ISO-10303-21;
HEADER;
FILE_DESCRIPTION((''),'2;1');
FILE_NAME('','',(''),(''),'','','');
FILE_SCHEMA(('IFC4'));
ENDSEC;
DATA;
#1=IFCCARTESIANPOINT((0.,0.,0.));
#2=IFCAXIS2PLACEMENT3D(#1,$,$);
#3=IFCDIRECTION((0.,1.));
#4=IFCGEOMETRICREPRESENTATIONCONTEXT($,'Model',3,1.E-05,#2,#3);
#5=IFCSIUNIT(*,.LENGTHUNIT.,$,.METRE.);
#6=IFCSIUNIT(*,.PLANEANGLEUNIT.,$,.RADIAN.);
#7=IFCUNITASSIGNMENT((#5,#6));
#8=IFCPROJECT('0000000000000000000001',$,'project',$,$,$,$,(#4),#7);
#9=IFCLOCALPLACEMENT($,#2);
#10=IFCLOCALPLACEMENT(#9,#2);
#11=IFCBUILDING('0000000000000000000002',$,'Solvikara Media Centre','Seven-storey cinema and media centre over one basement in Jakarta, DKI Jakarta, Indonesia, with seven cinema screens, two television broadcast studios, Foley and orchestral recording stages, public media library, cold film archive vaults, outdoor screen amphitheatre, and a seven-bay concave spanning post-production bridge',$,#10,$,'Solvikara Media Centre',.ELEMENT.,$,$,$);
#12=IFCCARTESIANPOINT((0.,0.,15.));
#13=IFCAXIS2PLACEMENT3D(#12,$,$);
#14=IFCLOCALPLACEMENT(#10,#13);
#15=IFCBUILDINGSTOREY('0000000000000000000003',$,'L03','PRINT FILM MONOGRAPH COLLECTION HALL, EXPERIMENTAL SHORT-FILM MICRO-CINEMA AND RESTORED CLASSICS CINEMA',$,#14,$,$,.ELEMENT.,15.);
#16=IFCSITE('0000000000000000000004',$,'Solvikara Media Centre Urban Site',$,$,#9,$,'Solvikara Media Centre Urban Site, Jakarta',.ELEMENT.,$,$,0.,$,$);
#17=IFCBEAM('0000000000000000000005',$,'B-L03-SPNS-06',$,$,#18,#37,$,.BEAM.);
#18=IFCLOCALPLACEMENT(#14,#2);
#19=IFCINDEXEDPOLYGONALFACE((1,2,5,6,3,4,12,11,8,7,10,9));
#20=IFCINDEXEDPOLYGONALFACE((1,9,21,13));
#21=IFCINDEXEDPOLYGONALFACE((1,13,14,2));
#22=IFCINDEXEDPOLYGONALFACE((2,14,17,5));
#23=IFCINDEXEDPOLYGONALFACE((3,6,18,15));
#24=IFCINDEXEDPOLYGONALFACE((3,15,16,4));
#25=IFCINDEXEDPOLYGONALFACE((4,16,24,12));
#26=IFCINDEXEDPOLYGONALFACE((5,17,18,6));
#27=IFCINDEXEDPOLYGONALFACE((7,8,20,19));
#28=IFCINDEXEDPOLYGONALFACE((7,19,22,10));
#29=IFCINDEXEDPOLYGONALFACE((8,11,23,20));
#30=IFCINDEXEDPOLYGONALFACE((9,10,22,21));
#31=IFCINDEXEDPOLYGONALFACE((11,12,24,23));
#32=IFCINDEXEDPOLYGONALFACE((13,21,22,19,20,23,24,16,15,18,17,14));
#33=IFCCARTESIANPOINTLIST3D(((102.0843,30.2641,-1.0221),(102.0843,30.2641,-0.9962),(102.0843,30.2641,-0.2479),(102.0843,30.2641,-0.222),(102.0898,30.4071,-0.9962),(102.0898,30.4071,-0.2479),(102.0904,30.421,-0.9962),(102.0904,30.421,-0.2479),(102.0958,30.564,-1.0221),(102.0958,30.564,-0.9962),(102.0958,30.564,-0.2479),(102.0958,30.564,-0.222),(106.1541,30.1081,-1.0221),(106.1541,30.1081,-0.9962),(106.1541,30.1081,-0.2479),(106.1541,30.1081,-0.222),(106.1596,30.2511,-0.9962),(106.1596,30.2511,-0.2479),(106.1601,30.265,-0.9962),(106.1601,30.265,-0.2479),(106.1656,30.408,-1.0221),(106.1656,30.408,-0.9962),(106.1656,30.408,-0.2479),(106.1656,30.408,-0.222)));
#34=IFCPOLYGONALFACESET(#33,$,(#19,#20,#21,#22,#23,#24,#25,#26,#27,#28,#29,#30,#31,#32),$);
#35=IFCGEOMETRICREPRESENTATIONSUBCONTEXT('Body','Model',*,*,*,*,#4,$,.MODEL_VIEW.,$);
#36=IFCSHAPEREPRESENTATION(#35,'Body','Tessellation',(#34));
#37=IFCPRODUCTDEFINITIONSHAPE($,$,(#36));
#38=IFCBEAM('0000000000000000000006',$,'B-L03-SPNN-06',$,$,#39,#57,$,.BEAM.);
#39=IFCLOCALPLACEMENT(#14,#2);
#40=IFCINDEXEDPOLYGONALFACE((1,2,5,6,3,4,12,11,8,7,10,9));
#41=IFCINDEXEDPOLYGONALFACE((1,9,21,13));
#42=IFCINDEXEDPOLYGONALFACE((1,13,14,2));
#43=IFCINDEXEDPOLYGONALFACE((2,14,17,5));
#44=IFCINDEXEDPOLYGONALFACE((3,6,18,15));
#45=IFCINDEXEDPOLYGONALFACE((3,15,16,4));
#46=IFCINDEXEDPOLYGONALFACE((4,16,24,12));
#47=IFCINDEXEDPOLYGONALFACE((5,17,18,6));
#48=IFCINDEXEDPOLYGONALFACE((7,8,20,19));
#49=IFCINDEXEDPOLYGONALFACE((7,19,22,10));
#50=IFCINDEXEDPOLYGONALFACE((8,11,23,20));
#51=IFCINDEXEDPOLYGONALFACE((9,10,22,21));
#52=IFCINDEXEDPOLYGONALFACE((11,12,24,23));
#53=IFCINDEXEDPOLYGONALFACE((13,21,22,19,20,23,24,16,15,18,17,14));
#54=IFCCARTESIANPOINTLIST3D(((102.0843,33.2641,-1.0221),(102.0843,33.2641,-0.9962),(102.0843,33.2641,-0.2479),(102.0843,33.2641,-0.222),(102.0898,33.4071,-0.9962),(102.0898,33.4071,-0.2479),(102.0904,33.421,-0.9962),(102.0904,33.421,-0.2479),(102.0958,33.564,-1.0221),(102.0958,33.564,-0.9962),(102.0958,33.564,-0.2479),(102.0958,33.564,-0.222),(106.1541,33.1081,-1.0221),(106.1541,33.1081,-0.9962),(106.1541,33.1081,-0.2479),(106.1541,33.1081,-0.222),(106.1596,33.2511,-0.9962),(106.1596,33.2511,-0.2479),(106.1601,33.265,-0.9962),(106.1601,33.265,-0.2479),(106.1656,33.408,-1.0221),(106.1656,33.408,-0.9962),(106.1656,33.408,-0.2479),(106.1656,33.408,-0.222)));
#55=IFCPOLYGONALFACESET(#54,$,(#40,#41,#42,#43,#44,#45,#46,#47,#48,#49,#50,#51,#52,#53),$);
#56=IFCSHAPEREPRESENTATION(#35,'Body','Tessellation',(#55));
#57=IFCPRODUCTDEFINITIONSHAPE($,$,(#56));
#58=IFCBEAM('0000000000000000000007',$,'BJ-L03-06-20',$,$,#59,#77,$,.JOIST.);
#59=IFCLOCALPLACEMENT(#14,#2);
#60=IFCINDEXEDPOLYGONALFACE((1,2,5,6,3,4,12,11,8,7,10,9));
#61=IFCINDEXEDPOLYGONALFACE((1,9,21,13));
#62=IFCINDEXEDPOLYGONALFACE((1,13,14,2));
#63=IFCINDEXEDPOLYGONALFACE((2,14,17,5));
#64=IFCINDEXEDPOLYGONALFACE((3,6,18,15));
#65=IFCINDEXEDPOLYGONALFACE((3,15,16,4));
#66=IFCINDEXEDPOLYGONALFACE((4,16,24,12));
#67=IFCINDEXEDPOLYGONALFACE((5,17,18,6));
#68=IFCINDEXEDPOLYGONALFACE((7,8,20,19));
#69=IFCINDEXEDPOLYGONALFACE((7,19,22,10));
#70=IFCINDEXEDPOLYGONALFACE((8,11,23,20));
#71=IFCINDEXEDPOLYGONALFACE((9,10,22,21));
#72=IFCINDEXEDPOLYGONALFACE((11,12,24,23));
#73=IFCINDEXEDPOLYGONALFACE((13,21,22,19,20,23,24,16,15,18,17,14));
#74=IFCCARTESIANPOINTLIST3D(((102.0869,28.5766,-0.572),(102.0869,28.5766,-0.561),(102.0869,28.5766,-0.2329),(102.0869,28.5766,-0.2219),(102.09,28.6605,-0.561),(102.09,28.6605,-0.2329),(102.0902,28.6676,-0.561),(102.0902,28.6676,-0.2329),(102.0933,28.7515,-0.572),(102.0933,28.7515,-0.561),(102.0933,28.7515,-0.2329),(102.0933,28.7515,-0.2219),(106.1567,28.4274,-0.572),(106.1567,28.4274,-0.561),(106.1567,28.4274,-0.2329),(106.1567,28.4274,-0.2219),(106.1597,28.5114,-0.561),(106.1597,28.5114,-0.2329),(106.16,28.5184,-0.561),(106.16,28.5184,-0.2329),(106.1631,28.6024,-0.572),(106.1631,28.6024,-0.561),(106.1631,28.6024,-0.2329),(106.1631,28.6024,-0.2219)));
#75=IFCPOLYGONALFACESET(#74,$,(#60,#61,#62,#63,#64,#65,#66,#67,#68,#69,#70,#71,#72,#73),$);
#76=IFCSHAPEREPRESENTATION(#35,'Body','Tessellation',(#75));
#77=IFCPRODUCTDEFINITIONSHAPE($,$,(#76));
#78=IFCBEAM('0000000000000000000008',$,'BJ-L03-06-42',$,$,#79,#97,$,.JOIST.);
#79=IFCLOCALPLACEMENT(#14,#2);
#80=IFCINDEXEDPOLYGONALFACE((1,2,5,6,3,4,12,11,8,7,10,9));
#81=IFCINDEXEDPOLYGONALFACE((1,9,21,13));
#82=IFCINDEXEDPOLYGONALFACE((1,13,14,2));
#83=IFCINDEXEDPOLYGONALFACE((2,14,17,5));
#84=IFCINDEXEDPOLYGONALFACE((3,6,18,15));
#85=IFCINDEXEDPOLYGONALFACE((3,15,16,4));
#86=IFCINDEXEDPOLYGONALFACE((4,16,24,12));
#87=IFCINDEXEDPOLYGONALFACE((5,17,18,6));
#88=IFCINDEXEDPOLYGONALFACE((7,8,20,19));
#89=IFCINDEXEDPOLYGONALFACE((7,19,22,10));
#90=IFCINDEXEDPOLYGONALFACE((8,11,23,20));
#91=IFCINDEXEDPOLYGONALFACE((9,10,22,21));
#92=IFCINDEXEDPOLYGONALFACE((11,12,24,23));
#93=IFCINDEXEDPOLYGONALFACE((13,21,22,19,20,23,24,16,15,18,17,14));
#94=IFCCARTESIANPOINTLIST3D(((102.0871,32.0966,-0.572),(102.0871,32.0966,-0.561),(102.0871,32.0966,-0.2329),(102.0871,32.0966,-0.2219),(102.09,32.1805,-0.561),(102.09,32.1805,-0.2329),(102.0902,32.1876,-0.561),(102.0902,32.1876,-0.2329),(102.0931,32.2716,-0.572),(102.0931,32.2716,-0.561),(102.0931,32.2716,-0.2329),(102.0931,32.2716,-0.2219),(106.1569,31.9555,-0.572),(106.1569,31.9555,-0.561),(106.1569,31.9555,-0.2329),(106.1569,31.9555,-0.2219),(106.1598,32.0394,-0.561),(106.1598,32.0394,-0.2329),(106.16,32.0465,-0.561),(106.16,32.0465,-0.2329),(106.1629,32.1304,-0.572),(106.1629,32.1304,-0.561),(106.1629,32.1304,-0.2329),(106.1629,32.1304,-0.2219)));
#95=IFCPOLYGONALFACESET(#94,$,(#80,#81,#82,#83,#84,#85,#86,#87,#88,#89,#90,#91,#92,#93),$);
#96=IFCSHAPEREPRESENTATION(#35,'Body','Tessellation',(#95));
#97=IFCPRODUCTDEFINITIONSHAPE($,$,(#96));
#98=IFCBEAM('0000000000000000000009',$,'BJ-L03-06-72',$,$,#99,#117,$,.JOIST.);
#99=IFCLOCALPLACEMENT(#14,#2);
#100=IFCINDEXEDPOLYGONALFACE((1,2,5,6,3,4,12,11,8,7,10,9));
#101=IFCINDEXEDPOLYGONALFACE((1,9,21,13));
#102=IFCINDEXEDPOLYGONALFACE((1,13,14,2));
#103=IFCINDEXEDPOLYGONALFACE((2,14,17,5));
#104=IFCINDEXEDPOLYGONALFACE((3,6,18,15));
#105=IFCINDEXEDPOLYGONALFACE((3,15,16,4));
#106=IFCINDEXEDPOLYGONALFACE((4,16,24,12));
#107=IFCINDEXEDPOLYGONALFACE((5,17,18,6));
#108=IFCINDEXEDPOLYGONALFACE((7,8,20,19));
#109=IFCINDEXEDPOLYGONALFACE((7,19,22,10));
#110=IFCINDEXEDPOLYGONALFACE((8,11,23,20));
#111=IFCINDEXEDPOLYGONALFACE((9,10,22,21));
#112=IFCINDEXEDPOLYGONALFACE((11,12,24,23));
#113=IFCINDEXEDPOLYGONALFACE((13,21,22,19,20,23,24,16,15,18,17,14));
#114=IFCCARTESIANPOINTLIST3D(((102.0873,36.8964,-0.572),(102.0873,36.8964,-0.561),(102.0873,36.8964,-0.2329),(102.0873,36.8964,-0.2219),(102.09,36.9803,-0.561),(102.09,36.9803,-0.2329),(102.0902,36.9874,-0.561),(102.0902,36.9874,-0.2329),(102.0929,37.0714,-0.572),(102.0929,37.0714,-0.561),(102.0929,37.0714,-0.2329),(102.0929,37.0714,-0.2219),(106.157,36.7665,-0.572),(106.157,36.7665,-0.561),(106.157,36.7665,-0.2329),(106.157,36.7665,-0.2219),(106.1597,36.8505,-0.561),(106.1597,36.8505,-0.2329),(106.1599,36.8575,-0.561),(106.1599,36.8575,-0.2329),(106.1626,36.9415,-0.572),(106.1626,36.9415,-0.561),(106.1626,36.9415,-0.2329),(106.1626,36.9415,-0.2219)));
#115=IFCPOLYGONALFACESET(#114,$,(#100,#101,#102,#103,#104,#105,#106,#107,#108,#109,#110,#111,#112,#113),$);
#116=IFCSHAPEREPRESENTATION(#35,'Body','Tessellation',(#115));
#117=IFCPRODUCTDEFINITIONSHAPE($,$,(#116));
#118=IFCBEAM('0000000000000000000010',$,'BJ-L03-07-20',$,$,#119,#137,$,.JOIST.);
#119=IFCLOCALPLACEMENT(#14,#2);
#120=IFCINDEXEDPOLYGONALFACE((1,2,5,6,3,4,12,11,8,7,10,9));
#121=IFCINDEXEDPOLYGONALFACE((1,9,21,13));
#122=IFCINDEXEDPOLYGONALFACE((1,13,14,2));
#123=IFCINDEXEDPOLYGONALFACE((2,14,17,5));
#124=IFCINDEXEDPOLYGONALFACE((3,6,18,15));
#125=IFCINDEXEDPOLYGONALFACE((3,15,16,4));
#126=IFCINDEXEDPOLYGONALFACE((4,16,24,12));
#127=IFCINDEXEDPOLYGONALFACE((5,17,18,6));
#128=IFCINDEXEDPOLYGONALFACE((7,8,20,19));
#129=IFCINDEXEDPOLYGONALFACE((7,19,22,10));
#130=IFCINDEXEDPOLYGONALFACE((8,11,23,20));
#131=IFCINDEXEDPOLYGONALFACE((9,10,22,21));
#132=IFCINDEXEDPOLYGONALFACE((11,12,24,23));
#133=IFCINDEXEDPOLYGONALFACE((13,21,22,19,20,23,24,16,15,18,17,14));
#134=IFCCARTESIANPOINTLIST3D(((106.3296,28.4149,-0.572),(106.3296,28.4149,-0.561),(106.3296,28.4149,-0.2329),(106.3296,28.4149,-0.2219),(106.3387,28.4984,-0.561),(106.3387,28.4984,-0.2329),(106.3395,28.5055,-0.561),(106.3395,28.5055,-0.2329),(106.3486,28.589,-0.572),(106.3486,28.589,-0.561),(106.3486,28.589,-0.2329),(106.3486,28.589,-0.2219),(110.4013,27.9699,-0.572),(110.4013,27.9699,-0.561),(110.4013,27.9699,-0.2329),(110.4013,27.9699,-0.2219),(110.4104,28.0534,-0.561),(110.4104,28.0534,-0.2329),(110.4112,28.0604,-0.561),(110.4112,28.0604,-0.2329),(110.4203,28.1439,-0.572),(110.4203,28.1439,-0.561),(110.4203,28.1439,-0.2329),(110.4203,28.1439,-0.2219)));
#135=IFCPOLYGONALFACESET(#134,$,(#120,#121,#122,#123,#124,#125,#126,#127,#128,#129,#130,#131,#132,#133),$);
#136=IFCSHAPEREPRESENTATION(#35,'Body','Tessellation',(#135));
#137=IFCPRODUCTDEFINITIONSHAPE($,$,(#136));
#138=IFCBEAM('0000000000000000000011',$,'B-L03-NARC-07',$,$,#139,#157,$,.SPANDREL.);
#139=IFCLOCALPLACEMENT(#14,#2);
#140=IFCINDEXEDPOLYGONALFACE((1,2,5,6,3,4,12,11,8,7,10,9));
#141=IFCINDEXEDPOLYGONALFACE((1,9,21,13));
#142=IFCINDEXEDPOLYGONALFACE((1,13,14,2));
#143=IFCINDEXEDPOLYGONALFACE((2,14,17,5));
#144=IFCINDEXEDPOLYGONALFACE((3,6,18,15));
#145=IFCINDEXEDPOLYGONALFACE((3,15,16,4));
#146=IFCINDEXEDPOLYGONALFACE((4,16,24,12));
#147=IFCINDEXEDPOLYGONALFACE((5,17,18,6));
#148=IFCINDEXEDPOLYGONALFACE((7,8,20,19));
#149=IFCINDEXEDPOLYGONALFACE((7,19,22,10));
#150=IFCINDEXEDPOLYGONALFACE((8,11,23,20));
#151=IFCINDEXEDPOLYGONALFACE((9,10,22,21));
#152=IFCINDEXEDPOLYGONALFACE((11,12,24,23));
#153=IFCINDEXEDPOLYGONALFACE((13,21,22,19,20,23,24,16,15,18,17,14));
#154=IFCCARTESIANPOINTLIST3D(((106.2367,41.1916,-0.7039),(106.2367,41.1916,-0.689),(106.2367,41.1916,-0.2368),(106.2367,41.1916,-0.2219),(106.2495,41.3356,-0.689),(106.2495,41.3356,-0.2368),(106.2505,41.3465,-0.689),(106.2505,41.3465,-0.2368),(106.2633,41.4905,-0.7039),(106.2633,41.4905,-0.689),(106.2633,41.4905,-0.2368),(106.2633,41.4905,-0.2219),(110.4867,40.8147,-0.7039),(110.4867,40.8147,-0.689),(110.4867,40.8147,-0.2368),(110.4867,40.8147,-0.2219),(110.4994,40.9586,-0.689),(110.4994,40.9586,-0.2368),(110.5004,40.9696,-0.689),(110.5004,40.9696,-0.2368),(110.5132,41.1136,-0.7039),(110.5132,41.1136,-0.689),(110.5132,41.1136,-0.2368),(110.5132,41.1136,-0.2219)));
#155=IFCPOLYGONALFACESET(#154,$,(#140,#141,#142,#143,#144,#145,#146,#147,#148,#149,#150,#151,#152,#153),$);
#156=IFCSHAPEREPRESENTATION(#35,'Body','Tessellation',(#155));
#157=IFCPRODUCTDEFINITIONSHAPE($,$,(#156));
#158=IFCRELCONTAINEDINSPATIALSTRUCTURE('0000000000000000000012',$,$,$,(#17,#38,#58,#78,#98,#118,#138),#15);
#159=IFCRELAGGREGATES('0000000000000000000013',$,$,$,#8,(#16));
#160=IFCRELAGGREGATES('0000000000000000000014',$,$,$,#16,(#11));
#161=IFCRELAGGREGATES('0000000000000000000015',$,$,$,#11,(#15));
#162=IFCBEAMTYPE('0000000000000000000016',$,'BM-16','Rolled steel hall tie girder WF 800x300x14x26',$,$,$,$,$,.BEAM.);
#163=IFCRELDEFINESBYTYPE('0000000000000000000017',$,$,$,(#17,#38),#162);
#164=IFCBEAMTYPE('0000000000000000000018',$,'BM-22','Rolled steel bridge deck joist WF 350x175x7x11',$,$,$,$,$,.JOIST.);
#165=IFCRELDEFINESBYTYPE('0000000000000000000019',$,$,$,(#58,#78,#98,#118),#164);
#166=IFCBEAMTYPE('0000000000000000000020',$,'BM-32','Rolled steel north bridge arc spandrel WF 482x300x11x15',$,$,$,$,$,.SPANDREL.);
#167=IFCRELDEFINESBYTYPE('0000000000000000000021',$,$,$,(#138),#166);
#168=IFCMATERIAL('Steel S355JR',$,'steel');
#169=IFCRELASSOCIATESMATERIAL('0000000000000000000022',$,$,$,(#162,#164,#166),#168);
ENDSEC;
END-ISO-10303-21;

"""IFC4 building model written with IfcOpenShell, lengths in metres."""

from ifc_helpers import new_model, si_unit, direction, frame, origin, origin_2d, place, context, subcontext, project, spatial, i_section, extrude, material, material_profile, profile_set, type_object, element, save


model = new_model("IFC4")

# Units and contexts
model_context = context("Model", 3, precision=1e-05, world=origin(), true_north=direction((0.0, 1.0)))
body_context = subcontext(model_context, "Body", "Model", "MODEL_VIEW")
ifc_project = project(units=[si_unit("LENGTHUNIT", "METRE"), si_unit("PLANEANGLEUNIT", "RADIAN")], contexts=[model_context])

# Site, building, storey
site_placement = place(None, origin())
site = spatial("IfcSite", under=ifc_project, at=site_placement, Name="Solvikara Media Centre Urban Site", LongName="Solvikara Media Centre Urban Site, Jakarta", CompositionType="ELEMENT", RefElevation=0.0)
building_placement = place(site_placement, origin())
building = spatial("IfcBuilding", under=site, at=building_placement, Name="Solvikara Media Centre", Description="Seven-storey cinema and media centre over one basement in Jakarta, DKI Jakarta, Indonesia, with seven cinema screens, two television broadcast studios, Foley and orchestral recording stages, public media library, cold film archive vaults, outdoor screen amphitheatre, and a seven-bay concave spanning post-production bridge", LongName="Solvikara Media Centre", CompositionType="ELEMENT")
storey_placement = place(building_placement, frame((0.0, 0.0, 15.0)))
storey = spatial("IfcBuildingStorey", under=building, at=storey_placement, Name="L03", Description="PRINT FILM MONOGRAPH COLLECTION HALL, EXPERIMENTAL SHORT-FILM MICRO-CINEMA AND RESTORED CLASSICS CINEMA", CompositionType="ELEMENT", Elevation=15.0)

# Beams
ifc_material_1 = material(Name="Steel S355JR", Category="steel")
ifc_material_profile_1 = material_profile(ifc_material_1, i_section(OverallWidth=0.3, OverallDepth=0.8, WebThickness=0.0139, FlangeThickness=0.0259, at=origin_2d()), Name="WF 800x300x14x26")
ifc_profile_set_1 = profile_set([ifc_material_profile_1], Name="Steel S355JR")
beam_type_1 = type_object("IfcBeamType", Name="BM-16", Description="Rolled steel hall tie girder WF 800x300x14x26", PredefinedType="BEAM", material=ifc_profile_set_1)
for number, where, z_axis, x_axis, name in (
    (1, (102.0901, 30.4141, -0.6221), (0.999266, -0.038304, 0.0), (0.038304, 0.999266, 0.0), "B-L03-SPNS-06"),
    (2, (102.0901, 33.4141, -0.6221), (0.999266, -0.038304, 0.0), (0.038304, 0.999266, 0.0), "B-L03-SPNN-06"),
):
    element("IfcBeam", number, at=place(storey_placement, frame(where, z_axis=z_axis, x_axis=x_axis)), inside=storey, type_object=beam_type_1, Name=name, PredefinedType="BEAM", context=body_context, shape_type="SweptSolid", body=[
        extrude(i_section(OverallWidth=0.3, OverallDepth=0.8, WebThickness=0.0139, FlangeThickness=0.0259, at=origin_2d()), origin(), (0.0, 0.0, 1.0), 4.0728),
    ])
ifc_material_profile_2 = material_profile(ifc_material_1, i_section(OverallWidth=0.175, OverallDepth=0.3501, WebThickness=0.0071, FlangeThickness=0.011, at=origin_2d()), Name="WF 350x175x7x11")
ifc_profile_set_2 = profile_set([ifc_material_profile_2], Name="Steel S355JR")
beam_type_2 = type_object("IfcBeamType", Name="BM-22", Description="Rolled steel bridge deck joist WF 350x175x7x11", PredefinedType="JOIST", material=ifc_profile_set_2)
beam_1_placement = place(storey_placement, frame((102.0901, 28.6641, -0.397), z_axis=(0.999329, -0.036628, 0.0), x_axis=(0.036628, 0.999329, 0.0)))
element("IfcBeam", 3, at=beam_1_placement, inside=storey, type_object=beam_type_2, Name="BJ-L03-06-20", PredefinedType="JOIST", context=body_context, shape_type="SweptSolid", body=[
    extrude(i_section(OverallWidth=0.175, OverallDepth=0.3501, WebThickness=0.0071, FlangeThickness=0.011, at=origin_2d()), origin(), (0.0, 0.0, 1.0), 4.0725),
])
beam_2_placement = place(storey_placement, frame((102.0901, 32.1841, -0.397), z_axis=(0.999399, -0.034652, 0.0), x_axis=(0.034652, 0.999399, 0.0)))
element("IfcBeam", 4, at=beam_2_placement, inside=storey, type_object=beam_type_2, Name="BJ-L03-06-42", PredefinedType="JOIST", context=body_context, shape_type="SweptSolid", body=[
    extrude(i_section(OverallWidth=0.175, OverallDepth=0.3501, WebThickness=0.0071, FlangeThickness=0.011, at=origin_2d()), origin(), (0.0, 0.0, 1.0), 4.0723),
])
beam_3_placement = place(storey_placement, frame((102.0901, 36.9839, -0.397), z_axis=(0.999491, -0.031897, 0.0), x_axis=(0.031897, 0.999491, 0.0)))
element("IfcBeam", 5, at=beam_3_placement, inside=storey, type_object=beam_type_2, Name="BJ-L03-06-72", PredefinedType="JOIST", context=body_context, shape_type="SweptSolid", body=[
    extrude(i_section(OverallWidth=0.175, OverallDepth=0.3501, WebThickness=0.0071, FlangeThickness=0.011, at=origin_2d()), origin(), (0.0, 0.0, 1.0), 4.0718),
])
beam_4_placement = place(storey_placement, frame((106.3391, 28.502, -0.397), z_axis=(0.994079, -0.108658, 0.0), x_axis=(0.108658, 0.994079, 0.0)))
element("IfcBeam", 6, at=beam_4_placement, inside=storey, type_object=beam_type_2, Name="BJ-L03-07-20", PredefinedType="JOIST", context=body_context, shape_type="SweptSolid", body=[
    extrude(i_section(OverallWidth=0.175, OverallDepth=0.3501, WebThickness=0.0071, FlangeThickness=0.011, at=origin_2d()), origin(), (0.0, 0.0, 1.0), 4.0959),
])
ifc_material_profile_3 = material_profile(ifc_material_1, i_section(OverallWidth=0.3, OverallDepth=0.4819, WebThickness=0.011, FlangeThickness=0.0149, at=origin_2d()), Name="WF 482x300x11x15")
ifc_profile_set_3 = profile_set([ifc_material_profile_3], Name="Steel S355JR")
beam_type_3 = type_object("IfcBeamType", Name="BM-32", Description="Rolled steel north bridge arc spandrel WF 482x300x11x15", PredefinedType="SPANDREL", material=ifc_profile_set_3)
beam_5_placement = place(storey_placement, frame((106.25, 41.3411, -0.4629), z_axis=(0.99609, -0.088348, 0.0), x_axis=(0.088348, 0.99609, 0.0)))
element("IfcBeam", 7, at=beam_5_placement, inside=storey, type_object=beam_type_3, Name="B-L03-NARC-07", PredefinedType="SPANDREL", context=body_context, shape_type="SweptSolid", body=[
    extrude(i_section(OverallWidth=0.3, OverallDepth=0.4819, WebThickness=0.011, FlangeThickness=0.0149, at=origin_2d()), origin(), (0.0, 0.0, 1.0), 4.2666),
])

save(model, "model.ifc")
